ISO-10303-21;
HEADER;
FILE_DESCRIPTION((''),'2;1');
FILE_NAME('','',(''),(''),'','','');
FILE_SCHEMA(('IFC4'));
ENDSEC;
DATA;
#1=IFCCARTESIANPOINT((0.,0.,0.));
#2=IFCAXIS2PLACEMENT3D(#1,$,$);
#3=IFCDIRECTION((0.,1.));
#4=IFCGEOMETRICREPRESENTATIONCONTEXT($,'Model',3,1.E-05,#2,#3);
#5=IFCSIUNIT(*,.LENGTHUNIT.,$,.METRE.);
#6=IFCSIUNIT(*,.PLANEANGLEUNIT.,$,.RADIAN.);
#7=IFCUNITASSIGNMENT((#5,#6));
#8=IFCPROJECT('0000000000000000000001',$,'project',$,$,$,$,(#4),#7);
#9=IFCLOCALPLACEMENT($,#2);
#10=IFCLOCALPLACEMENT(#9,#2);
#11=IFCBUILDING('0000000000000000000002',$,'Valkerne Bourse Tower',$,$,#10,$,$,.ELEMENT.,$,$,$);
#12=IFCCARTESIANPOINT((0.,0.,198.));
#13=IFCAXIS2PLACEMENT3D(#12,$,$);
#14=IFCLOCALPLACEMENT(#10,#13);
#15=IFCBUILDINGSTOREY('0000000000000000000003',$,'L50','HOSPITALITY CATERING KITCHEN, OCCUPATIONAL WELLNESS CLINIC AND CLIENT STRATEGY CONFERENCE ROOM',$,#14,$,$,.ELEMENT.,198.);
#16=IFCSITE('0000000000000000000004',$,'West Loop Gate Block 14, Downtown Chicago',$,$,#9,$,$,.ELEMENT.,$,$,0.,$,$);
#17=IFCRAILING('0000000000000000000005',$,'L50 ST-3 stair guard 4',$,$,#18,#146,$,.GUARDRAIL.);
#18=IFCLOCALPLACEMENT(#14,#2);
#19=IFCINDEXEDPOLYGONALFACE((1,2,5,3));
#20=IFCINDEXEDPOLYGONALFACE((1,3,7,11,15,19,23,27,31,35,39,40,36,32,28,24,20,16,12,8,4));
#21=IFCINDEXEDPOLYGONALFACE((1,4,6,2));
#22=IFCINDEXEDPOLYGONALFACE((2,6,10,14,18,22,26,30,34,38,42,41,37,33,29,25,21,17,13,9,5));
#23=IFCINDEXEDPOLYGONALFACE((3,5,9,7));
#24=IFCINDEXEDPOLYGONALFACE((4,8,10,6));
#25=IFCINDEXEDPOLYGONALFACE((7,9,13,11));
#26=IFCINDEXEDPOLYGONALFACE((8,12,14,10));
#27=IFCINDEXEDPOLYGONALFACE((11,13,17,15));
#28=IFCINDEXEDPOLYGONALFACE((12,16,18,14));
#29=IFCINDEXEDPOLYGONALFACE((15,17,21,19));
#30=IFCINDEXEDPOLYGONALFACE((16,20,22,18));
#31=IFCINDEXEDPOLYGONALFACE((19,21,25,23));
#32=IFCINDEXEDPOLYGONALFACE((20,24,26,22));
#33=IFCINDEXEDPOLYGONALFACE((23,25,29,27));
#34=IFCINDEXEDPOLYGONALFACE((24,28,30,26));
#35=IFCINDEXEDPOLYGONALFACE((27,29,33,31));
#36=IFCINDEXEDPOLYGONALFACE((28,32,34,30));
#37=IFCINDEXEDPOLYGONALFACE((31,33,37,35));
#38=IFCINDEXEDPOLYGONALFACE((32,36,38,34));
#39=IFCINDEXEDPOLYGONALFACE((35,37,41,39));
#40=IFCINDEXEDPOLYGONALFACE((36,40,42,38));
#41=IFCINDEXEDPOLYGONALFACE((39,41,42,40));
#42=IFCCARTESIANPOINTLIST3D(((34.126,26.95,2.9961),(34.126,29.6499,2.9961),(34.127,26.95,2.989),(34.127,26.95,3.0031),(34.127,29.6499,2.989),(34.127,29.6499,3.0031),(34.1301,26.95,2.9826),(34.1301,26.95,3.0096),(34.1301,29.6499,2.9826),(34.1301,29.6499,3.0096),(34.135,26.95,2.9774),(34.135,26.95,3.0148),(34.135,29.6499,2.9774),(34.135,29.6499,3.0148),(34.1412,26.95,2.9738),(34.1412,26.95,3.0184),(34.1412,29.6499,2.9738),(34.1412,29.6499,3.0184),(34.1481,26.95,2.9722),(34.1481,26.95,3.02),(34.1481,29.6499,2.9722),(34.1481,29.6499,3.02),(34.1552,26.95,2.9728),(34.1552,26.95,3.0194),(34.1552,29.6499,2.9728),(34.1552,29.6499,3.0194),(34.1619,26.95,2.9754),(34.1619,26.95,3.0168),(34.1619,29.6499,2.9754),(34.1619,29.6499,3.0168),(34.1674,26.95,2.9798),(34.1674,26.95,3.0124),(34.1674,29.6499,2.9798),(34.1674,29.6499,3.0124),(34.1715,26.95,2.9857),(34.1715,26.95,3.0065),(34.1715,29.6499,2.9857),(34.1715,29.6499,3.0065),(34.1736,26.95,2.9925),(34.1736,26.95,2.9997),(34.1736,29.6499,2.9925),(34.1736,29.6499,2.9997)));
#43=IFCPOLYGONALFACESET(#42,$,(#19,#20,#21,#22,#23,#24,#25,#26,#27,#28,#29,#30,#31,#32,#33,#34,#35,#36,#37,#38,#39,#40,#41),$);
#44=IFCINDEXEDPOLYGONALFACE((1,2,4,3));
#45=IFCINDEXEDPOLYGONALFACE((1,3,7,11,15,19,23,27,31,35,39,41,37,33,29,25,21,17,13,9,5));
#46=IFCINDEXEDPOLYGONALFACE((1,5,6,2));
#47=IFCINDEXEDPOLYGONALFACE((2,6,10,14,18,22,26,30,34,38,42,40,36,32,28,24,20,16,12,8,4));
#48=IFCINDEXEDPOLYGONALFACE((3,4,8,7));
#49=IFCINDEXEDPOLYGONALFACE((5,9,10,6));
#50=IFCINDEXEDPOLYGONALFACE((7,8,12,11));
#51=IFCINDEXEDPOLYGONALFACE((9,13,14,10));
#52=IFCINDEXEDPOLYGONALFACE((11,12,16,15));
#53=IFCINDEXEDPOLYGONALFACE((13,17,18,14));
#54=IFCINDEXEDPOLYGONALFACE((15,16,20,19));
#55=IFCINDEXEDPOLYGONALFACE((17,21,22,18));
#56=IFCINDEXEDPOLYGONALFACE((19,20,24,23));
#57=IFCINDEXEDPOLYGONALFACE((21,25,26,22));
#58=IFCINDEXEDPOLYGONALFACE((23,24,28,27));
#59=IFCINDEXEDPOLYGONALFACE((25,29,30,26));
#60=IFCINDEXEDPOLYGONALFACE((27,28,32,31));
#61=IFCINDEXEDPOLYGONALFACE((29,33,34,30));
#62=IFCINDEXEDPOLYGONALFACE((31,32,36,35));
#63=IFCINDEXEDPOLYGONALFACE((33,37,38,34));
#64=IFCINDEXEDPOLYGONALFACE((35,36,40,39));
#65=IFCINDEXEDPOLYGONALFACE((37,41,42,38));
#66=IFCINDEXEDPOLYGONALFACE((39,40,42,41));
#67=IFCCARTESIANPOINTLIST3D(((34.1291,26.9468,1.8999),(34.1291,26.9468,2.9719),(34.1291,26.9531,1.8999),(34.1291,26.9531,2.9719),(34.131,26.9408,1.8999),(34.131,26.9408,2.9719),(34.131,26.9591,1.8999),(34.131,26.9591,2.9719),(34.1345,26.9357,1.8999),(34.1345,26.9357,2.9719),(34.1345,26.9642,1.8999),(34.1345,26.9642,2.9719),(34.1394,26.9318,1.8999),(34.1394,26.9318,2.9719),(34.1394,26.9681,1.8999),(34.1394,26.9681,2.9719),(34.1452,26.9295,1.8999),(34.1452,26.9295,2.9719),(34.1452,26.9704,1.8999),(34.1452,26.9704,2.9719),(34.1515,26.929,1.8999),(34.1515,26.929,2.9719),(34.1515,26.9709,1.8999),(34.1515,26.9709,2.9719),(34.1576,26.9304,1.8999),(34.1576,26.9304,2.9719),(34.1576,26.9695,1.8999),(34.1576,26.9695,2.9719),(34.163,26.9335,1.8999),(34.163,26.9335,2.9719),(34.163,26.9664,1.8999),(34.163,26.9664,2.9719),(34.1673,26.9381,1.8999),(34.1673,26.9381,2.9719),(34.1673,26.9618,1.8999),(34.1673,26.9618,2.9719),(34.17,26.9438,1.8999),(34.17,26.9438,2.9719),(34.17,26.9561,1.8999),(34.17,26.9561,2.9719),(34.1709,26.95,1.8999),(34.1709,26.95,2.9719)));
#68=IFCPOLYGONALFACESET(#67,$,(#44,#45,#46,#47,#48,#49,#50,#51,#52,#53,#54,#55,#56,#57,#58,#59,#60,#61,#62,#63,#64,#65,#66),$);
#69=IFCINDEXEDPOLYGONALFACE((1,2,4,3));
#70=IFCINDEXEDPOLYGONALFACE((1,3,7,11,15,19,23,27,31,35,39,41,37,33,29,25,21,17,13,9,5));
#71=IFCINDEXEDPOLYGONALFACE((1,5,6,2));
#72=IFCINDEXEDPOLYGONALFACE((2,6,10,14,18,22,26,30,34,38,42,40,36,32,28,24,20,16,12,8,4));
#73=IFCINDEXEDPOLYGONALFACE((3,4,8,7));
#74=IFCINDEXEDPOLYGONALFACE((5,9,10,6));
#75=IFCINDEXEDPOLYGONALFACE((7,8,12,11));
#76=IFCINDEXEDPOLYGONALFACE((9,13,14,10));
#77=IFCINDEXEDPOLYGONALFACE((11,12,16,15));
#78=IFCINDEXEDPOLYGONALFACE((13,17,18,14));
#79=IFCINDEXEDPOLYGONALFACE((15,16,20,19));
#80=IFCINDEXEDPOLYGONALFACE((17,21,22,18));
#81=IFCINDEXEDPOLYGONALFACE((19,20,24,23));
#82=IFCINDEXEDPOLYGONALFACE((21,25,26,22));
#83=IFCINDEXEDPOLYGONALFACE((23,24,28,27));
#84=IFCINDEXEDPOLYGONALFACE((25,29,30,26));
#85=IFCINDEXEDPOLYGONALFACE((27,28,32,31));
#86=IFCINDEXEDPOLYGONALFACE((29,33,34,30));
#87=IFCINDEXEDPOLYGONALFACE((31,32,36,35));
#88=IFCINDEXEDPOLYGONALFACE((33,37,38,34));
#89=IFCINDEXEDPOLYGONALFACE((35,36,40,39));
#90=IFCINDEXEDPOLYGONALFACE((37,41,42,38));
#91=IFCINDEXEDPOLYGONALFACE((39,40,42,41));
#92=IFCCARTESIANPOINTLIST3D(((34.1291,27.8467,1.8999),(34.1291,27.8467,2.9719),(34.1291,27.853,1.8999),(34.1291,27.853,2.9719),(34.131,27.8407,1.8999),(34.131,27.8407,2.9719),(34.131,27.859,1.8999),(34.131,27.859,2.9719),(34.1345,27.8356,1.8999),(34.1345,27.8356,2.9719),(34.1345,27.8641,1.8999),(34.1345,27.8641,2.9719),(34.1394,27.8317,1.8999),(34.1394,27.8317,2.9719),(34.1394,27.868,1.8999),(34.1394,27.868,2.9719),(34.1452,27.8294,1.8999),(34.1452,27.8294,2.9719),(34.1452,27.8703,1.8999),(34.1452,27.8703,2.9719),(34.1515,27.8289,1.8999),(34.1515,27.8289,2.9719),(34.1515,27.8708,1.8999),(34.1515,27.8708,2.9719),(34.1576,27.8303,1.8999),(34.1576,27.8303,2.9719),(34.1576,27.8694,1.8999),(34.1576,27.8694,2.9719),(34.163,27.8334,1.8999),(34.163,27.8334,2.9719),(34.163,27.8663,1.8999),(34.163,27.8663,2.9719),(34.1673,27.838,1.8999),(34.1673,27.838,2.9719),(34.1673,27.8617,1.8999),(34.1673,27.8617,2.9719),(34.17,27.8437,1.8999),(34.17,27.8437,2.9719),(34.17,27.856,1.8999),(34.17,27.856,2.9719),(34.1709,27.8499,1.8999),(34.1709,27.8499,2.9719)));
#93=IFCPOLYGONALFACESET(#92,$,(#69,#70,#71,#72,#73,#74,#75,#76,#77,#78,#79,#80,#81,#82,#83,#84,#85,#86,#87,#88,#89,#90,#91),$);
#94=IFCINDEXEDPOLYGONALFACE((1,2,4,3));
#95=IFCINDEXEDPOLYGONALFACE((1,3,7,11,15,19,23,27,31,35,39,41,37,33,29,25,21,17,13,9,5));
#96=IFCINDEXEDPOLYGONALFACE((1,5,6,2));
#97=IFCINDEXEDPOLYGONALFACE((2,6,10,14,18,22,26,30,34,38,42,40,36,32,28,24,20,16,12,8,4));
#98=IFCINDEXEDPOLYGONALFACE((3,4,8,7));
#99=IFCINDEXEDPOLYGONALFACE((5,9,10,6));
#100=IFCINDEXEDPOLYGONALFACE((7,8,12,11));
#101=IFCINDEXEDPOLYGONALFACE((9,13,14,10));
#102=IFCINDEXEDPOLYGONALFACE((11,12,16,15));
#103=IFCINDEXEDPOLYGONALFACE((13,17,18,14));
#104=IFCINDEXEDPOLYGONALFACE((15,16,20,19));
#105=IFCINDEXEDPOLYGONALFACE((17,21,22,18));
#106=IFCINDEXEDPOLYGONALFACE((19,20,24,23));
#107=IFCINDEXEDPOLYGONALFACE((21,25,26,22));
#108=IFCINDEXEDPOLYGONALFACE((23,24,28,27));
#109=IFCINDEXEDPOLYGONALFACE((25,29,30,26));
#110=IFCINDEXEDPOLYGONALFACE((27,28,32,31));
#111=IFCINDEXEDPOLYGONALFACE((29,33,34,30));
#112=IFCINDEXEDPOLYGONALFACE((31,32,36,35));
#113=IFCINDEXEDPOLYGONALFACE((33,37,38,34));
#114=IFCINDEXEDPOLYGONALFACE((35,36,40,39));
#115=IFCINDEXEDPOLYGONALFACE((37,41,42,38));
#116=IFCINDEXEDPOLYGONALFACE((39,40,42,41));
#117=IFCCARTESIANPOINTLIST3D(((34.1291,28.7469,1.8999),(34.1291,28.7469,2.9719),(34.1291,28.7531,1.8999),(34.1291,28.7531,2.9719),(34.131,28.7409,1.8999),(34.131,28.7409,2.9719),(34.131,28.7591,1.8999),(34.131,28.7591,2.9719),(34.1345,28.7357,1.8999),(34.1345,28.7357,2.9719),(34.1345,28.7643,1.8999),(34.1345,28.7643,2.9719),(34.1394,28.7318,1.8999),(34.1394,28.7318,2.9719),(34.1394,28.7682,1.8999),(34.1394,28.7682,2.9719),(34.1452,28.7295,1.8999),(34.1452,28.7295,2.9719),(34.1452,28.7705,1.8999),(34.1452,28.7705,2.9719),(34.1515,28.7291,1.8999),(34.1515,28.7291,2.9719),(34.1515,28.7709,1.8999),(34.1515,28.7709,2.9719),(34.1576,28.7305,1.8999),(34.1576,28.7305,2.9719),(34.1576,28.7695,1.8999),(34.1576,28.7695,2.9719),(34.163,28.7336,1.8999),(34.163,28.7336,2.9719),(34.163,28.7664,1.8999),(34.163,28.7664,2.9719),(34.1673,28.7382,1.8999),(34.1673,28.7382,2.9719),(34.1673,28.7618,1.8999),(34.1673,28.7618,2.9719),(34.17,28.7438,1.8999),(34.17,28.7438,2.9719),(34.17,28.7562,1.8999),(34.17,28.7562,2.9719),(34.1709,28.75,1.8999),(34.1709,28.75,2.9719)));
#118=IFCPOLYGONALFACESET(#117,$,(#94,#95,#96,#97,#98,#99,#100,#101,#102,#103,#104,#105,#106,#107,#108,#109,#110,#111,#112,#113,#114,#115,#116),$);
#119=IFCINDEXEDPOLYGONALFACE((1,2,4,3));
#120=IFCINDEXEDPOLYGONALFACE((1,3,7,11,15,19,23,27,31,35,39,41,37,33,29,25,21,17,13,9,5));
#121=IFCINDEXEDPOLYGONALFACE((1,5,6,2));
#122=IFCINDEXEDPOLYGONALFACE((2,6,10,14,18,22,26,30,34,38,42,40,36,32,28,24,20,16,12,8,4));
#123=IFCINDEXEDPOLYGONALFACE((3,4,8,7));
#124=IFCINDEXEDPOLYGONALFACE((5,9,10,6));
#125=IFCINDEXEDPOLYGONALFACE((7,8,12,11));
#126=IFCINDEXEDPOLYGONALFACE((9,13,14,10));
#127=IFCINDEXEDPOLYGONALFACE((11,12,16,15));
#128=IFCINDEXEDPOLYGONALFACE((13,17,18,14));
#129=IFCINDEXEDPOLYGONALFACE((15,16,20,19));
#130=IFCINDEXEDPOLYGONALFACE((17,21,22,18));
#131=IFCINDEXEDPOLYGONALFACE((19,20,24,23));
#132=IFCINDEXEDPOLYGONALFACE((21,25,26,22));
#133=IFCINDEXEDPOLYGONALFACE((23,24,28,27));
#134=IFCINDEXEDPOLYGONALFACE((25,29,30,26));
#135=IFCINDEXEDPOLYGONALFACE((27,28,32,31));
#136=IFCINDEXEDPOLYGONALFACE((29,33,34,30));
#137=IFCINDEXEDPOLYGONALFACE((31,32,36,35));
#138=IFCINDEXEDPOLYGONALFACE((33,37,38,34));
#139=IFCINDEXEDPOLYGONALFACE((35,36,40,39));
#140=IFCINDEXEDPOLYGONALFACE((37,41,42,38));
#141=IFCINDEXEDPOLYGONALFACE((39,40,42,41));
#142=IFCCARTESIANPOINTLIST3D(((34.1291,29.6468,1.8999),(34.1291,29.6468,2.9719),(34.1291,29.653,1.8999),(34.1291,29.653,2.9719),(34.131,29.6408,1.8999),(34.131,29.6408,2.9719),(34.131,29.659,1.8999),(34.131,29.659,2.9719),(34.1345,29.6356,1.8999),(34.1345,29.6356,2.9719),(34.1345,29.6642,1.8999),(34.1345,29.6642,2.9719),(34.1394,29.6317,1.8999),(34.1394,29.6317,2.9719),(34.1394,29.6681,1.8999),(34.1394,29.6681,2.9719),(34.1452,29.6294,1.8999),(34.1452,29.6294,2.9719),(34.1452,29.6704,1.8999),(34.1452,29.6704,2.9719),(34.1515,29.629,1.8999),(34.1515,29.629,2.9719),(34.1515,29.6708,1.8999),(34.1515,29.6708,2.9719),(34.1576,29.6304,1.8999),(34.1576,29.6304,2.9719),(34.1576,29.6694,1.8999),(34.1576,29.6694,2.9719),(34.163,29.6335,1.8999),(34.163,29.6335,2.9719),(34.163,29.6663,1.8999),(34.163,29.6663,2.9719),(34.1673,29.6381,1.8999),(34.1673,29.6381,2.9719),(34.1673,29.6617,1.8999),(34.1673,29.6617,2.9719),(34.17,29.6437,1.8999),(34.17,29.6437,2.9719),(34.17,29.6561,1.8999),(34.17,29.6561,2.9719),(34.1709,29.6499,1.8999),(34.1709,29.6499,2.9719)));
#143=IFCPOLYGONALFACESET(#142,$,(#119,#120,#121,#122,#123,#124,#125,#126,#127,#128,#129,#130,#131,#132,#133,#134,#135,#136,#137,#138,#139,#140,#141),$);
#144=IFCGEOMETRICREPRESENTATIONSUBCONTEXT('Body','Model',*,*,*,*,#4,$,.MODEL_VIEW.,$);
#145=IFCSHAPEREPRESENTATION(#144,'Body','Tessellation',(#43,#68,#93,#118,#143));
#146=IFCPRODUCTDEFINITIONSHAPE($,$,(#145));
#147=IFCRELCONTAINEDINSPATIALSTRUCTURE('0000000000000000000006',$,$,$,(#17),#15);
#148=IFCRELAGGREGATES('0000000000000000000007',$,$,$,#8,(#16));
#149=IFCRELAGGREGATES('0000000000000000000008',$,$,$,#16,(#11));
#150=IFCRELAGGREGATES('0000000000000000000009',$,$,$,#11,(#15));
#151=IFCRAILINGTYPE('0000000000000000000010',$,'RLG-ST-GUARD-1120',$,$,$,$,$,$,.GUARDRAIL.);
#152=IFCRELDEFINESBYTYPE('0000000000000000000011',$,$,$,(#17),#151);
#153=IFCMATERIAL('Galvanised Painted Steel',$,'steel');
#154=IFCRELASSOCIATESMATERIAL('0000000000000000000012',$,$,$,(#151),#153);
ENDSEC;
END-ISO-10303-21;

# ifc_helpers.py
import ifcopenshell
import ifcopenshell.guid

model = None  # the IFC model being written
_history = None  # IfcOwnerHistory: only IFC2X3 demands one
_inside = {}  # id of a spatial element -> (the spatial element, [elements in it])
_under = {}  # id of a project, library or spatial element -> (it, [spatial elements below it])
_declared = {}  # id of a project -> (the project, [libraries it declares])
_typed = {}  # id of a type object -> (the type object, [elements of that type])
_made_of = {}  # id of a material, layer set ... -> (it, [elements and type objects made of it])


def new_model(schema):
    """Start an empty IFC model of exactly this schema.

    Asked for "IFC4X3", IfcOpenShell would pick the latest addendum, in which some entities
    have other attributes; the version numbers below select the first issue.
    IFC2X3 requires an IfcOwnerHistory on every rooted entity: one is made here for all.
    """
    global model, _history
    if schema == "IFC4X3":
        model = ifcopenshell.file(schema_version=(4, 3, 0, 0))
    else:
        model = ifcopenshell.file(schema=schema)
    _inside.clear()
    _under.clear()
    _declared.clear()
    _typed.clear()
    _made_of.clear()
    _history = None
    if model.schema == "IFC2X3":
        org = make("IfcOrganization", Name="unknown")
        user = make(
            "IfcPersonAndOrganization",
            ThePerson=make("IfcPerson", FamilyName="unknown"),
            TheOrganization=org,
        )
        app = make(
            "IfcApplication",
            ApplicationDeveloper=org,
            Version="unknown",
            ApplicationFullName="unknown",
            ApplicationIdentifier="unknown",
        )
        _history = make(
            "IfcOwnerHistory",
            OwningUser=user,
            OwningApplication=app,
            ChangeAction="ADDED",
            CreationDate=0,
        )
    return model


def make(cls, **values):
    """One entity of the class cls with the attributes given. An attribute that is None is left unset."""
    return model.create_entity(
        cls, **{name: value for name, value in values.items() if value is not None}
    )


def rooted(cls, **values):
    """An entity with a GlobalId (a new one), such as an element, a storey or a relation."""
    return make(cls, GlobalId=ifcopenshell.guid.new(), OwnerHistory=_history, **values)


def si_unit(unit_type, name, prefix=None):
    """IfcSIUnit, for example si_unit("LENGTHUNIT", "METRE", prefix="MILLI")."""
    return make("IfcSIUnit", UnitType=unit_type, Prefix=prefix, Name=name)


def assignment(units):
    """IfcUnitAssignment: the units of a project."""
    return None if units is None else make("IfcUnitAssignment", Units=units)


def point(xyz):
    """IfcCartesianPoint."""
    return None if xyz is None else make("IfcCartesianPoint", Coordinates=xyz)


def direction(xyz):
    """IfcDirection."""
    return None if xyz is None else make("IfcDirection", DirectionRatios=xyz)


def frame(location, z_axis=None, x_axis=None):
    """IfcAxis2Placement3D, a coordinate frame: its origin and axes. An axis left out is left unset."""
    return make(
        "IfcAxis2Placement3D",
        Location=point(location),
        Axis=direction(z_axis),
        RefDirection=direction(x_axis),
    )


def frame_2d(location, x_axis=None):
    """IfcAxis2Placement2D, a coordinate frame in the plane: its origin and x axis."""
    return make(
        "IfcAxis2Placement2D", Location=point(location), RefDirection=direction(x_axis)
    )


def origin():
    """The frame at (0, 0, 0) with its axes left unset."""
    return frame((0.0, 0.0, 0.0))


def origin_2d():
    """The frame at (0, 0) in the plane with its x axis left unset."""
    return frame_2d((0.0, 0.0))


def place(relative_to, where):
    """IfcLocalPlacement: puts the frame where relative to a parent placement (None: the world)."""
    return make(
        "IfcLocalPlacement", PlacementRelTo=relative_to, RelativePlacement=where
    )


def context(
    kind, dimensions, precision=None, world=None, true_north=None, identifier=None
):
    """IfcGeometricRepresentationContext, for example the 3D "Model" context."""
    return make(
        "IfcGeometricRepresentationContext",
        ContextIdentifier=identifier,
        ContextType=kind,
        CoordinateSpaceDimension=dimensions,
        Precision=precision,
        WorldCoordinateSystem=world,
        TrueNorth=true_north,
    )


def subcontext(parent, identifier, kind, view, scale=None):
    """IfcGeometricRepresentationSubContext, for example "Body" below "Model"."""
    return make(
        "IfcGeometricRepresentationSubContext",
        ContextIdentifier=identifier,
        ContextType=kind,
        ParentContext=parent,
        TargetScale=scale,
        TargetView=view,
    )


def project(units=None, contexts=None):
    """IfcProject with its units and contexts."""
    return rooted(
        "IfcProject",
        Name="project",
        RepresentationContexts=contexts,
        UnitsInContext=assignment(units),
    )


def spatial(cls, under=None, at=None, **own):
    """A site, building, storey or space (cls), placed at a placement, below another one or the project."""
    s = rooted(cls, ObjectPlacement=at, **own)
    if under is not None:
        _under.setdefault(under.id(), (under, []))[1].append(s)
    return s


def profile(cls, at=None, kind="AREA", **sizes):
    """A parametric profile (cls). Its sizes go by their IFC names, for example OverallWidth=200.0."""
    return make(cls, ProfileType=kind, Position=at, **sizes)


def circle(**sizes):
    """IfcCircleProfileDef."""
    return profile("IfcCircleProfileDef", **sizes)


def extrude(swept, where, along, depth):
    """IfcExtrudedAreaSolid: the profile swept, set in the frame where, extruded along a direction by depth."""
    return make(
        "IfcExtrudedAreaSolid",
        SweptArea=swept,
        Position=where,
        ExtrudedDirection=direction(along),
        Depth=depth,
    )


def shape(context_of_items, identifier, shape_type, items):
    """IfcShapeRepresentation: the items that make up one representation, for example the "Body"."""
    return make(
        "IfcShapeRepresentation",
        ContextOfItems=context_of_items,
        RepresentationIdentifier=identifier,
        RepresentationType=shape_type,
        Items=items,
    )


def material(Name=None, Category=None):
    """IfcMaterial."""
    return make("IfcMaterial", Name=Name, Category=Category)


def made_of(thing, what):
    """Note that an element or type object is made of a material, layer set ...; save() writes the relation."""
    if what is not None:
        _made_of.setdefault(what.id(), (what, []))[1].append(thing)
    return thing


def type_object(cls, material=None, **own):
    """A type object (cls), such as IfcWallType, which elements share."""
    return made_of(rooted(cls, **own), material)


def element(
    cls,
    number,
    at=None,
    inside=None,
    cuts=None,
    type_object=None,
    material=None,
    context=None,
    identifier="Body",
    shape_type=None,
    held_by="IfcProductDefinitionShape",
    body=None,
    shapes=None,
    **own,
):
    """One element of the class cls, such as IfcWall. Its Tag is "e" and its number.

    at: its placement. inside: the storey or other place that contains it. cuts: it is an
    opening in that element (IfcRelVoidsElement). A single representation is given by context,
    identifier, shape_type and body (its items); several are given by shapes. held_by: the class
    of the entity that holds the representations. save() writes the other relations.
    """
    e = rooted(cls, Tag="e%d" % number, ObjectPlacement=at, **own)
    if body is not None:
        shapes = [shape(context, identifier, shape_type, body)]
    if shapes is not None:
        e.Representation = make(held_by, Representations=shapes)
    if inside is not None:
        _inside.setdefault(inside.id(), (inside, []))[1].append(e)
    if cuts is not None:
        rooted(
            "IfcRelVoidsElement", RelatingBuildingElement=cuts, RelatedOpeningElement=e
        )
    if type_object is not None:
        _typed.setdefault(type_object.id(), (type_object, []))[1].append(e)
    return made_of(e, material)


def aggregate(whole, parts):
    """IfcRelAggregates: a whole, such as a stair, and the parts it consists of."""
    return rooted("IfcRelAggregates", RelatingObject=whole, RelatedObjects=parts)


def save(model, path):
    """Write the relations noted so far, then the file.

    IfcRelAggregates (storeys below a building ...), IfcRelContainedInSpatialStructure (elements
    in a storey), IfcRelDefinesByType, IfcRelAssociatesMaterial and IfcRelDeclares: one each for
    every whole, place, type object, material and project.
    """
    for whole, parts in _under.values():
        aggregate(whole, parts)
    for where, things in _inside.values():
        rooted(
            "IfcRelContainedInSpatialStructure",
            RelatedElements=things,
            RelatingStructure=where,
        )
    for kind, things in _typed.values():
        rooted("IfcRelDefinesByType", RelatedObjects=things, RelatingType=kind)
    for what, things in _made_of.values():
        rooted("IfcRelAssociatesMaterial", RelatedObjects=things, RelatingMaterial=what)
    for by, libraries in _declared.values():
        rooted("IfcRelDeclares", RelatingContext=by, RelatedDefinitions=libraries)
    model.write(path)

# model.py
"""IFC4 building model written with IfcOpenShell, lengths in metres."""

from ifc_helpers import new_model, si_unit, direction, frame, origin, origin_2d, place, context, subcontext, project, spatial, circle, extrude, material, type_object, element, save


model = new_model("IFC4")

# Units and contexts
model_context = context("Model", 3, precision=1e-05, world=origin(), true_north=direction((0.0, 1.0)))
body_context = subcontext(model_context, "Body", "Model", "MODEL_VIEW")
ifc_project = project(units=[si_unit("LENGTHUNIT", "METRE"), si_unit("PLANEANGLEUNIT", "RADIAN")], contexts=[model_context])

# Site, building, storey
site_placement = place(None, origin())
site = spatial("IfcSite", under=ifc_project, at=site_placement, Name="West Loop Gate Block 14, Downtown Chicago", CompositionType="ELEMENT", RefElevation=0.0)
building_placement = place(site_placement, origin())
building = spatial("IfcBuilding", under=site, at=building_placement, Name="Valkerne Bourse Tower", CompositionType="ELEMENT")
storey_placement = place(building_placement, frame((0.0, 0.0, 198.0)))
storey = spatial("IfcBuildingStorey", under=building, at=storey_placement, Name="L50", Description="HOSPITALITY CATERING KITCHEN, OCCUPATIONAL WELLNESS CLINIC AND CLIENT STRATEGY CONFERENCE ROOM", CompositionType="ELEMENT", Elevation=198.0)

# Railing
ifc_material_1 = material(Name="Galvanised Painted Steel", Category="steel")
railing_type_1 = type_object("IfcRailingType", Name="RLG-ST-GUARD-1120", PredefinedType="GUARDRAIL", material=ifc_material_1)
for number, where, name in (
    (1, (34.1499, 26.95, 1.8999), "L50 ST-3 stair guard 4"),
):
    element("IfcRailing", number, at=place(storey_placement, frame(where)), inside=storey, type_object=railing_type_1, Name=name, PredefinedType="GUARDRAIL", context=body_context, shape_type="SweptSolid", body=[
        extrude(circle(Radius=0.0239, at=origin_2d()), frame((0.0, 0.0, 1.0962), z_axis=(0.0, 1.0, 0.0), x_axis=(-1.0, 0.0, 0.0)), (0.0, 0.0, 1.0), 2.7),
        extrude(circle(Radius=0.021, at=origin_2d()), origin(), (0.0, 0.0, 1.0), 1.072),
        extrude(circle(Radius=0.021, at=origin_2d()), frame((0.0, 0.8999, 0.0)), (0.0, 0.0, 1.0), 1.072),
        extrude(circle(Radius=0.021, at=origin_2d()), frame((0.0, 1.8, 0.0)), (0.0, 0.0, 1.0), 1.072),
        extrude(circle(Radius=0.021, at=origin_2d()), frame((0.0, 2.7, 0.0)), (0.0, 0.0, 1.0), 1.072),
    ])

save(model, "model.ifc")
